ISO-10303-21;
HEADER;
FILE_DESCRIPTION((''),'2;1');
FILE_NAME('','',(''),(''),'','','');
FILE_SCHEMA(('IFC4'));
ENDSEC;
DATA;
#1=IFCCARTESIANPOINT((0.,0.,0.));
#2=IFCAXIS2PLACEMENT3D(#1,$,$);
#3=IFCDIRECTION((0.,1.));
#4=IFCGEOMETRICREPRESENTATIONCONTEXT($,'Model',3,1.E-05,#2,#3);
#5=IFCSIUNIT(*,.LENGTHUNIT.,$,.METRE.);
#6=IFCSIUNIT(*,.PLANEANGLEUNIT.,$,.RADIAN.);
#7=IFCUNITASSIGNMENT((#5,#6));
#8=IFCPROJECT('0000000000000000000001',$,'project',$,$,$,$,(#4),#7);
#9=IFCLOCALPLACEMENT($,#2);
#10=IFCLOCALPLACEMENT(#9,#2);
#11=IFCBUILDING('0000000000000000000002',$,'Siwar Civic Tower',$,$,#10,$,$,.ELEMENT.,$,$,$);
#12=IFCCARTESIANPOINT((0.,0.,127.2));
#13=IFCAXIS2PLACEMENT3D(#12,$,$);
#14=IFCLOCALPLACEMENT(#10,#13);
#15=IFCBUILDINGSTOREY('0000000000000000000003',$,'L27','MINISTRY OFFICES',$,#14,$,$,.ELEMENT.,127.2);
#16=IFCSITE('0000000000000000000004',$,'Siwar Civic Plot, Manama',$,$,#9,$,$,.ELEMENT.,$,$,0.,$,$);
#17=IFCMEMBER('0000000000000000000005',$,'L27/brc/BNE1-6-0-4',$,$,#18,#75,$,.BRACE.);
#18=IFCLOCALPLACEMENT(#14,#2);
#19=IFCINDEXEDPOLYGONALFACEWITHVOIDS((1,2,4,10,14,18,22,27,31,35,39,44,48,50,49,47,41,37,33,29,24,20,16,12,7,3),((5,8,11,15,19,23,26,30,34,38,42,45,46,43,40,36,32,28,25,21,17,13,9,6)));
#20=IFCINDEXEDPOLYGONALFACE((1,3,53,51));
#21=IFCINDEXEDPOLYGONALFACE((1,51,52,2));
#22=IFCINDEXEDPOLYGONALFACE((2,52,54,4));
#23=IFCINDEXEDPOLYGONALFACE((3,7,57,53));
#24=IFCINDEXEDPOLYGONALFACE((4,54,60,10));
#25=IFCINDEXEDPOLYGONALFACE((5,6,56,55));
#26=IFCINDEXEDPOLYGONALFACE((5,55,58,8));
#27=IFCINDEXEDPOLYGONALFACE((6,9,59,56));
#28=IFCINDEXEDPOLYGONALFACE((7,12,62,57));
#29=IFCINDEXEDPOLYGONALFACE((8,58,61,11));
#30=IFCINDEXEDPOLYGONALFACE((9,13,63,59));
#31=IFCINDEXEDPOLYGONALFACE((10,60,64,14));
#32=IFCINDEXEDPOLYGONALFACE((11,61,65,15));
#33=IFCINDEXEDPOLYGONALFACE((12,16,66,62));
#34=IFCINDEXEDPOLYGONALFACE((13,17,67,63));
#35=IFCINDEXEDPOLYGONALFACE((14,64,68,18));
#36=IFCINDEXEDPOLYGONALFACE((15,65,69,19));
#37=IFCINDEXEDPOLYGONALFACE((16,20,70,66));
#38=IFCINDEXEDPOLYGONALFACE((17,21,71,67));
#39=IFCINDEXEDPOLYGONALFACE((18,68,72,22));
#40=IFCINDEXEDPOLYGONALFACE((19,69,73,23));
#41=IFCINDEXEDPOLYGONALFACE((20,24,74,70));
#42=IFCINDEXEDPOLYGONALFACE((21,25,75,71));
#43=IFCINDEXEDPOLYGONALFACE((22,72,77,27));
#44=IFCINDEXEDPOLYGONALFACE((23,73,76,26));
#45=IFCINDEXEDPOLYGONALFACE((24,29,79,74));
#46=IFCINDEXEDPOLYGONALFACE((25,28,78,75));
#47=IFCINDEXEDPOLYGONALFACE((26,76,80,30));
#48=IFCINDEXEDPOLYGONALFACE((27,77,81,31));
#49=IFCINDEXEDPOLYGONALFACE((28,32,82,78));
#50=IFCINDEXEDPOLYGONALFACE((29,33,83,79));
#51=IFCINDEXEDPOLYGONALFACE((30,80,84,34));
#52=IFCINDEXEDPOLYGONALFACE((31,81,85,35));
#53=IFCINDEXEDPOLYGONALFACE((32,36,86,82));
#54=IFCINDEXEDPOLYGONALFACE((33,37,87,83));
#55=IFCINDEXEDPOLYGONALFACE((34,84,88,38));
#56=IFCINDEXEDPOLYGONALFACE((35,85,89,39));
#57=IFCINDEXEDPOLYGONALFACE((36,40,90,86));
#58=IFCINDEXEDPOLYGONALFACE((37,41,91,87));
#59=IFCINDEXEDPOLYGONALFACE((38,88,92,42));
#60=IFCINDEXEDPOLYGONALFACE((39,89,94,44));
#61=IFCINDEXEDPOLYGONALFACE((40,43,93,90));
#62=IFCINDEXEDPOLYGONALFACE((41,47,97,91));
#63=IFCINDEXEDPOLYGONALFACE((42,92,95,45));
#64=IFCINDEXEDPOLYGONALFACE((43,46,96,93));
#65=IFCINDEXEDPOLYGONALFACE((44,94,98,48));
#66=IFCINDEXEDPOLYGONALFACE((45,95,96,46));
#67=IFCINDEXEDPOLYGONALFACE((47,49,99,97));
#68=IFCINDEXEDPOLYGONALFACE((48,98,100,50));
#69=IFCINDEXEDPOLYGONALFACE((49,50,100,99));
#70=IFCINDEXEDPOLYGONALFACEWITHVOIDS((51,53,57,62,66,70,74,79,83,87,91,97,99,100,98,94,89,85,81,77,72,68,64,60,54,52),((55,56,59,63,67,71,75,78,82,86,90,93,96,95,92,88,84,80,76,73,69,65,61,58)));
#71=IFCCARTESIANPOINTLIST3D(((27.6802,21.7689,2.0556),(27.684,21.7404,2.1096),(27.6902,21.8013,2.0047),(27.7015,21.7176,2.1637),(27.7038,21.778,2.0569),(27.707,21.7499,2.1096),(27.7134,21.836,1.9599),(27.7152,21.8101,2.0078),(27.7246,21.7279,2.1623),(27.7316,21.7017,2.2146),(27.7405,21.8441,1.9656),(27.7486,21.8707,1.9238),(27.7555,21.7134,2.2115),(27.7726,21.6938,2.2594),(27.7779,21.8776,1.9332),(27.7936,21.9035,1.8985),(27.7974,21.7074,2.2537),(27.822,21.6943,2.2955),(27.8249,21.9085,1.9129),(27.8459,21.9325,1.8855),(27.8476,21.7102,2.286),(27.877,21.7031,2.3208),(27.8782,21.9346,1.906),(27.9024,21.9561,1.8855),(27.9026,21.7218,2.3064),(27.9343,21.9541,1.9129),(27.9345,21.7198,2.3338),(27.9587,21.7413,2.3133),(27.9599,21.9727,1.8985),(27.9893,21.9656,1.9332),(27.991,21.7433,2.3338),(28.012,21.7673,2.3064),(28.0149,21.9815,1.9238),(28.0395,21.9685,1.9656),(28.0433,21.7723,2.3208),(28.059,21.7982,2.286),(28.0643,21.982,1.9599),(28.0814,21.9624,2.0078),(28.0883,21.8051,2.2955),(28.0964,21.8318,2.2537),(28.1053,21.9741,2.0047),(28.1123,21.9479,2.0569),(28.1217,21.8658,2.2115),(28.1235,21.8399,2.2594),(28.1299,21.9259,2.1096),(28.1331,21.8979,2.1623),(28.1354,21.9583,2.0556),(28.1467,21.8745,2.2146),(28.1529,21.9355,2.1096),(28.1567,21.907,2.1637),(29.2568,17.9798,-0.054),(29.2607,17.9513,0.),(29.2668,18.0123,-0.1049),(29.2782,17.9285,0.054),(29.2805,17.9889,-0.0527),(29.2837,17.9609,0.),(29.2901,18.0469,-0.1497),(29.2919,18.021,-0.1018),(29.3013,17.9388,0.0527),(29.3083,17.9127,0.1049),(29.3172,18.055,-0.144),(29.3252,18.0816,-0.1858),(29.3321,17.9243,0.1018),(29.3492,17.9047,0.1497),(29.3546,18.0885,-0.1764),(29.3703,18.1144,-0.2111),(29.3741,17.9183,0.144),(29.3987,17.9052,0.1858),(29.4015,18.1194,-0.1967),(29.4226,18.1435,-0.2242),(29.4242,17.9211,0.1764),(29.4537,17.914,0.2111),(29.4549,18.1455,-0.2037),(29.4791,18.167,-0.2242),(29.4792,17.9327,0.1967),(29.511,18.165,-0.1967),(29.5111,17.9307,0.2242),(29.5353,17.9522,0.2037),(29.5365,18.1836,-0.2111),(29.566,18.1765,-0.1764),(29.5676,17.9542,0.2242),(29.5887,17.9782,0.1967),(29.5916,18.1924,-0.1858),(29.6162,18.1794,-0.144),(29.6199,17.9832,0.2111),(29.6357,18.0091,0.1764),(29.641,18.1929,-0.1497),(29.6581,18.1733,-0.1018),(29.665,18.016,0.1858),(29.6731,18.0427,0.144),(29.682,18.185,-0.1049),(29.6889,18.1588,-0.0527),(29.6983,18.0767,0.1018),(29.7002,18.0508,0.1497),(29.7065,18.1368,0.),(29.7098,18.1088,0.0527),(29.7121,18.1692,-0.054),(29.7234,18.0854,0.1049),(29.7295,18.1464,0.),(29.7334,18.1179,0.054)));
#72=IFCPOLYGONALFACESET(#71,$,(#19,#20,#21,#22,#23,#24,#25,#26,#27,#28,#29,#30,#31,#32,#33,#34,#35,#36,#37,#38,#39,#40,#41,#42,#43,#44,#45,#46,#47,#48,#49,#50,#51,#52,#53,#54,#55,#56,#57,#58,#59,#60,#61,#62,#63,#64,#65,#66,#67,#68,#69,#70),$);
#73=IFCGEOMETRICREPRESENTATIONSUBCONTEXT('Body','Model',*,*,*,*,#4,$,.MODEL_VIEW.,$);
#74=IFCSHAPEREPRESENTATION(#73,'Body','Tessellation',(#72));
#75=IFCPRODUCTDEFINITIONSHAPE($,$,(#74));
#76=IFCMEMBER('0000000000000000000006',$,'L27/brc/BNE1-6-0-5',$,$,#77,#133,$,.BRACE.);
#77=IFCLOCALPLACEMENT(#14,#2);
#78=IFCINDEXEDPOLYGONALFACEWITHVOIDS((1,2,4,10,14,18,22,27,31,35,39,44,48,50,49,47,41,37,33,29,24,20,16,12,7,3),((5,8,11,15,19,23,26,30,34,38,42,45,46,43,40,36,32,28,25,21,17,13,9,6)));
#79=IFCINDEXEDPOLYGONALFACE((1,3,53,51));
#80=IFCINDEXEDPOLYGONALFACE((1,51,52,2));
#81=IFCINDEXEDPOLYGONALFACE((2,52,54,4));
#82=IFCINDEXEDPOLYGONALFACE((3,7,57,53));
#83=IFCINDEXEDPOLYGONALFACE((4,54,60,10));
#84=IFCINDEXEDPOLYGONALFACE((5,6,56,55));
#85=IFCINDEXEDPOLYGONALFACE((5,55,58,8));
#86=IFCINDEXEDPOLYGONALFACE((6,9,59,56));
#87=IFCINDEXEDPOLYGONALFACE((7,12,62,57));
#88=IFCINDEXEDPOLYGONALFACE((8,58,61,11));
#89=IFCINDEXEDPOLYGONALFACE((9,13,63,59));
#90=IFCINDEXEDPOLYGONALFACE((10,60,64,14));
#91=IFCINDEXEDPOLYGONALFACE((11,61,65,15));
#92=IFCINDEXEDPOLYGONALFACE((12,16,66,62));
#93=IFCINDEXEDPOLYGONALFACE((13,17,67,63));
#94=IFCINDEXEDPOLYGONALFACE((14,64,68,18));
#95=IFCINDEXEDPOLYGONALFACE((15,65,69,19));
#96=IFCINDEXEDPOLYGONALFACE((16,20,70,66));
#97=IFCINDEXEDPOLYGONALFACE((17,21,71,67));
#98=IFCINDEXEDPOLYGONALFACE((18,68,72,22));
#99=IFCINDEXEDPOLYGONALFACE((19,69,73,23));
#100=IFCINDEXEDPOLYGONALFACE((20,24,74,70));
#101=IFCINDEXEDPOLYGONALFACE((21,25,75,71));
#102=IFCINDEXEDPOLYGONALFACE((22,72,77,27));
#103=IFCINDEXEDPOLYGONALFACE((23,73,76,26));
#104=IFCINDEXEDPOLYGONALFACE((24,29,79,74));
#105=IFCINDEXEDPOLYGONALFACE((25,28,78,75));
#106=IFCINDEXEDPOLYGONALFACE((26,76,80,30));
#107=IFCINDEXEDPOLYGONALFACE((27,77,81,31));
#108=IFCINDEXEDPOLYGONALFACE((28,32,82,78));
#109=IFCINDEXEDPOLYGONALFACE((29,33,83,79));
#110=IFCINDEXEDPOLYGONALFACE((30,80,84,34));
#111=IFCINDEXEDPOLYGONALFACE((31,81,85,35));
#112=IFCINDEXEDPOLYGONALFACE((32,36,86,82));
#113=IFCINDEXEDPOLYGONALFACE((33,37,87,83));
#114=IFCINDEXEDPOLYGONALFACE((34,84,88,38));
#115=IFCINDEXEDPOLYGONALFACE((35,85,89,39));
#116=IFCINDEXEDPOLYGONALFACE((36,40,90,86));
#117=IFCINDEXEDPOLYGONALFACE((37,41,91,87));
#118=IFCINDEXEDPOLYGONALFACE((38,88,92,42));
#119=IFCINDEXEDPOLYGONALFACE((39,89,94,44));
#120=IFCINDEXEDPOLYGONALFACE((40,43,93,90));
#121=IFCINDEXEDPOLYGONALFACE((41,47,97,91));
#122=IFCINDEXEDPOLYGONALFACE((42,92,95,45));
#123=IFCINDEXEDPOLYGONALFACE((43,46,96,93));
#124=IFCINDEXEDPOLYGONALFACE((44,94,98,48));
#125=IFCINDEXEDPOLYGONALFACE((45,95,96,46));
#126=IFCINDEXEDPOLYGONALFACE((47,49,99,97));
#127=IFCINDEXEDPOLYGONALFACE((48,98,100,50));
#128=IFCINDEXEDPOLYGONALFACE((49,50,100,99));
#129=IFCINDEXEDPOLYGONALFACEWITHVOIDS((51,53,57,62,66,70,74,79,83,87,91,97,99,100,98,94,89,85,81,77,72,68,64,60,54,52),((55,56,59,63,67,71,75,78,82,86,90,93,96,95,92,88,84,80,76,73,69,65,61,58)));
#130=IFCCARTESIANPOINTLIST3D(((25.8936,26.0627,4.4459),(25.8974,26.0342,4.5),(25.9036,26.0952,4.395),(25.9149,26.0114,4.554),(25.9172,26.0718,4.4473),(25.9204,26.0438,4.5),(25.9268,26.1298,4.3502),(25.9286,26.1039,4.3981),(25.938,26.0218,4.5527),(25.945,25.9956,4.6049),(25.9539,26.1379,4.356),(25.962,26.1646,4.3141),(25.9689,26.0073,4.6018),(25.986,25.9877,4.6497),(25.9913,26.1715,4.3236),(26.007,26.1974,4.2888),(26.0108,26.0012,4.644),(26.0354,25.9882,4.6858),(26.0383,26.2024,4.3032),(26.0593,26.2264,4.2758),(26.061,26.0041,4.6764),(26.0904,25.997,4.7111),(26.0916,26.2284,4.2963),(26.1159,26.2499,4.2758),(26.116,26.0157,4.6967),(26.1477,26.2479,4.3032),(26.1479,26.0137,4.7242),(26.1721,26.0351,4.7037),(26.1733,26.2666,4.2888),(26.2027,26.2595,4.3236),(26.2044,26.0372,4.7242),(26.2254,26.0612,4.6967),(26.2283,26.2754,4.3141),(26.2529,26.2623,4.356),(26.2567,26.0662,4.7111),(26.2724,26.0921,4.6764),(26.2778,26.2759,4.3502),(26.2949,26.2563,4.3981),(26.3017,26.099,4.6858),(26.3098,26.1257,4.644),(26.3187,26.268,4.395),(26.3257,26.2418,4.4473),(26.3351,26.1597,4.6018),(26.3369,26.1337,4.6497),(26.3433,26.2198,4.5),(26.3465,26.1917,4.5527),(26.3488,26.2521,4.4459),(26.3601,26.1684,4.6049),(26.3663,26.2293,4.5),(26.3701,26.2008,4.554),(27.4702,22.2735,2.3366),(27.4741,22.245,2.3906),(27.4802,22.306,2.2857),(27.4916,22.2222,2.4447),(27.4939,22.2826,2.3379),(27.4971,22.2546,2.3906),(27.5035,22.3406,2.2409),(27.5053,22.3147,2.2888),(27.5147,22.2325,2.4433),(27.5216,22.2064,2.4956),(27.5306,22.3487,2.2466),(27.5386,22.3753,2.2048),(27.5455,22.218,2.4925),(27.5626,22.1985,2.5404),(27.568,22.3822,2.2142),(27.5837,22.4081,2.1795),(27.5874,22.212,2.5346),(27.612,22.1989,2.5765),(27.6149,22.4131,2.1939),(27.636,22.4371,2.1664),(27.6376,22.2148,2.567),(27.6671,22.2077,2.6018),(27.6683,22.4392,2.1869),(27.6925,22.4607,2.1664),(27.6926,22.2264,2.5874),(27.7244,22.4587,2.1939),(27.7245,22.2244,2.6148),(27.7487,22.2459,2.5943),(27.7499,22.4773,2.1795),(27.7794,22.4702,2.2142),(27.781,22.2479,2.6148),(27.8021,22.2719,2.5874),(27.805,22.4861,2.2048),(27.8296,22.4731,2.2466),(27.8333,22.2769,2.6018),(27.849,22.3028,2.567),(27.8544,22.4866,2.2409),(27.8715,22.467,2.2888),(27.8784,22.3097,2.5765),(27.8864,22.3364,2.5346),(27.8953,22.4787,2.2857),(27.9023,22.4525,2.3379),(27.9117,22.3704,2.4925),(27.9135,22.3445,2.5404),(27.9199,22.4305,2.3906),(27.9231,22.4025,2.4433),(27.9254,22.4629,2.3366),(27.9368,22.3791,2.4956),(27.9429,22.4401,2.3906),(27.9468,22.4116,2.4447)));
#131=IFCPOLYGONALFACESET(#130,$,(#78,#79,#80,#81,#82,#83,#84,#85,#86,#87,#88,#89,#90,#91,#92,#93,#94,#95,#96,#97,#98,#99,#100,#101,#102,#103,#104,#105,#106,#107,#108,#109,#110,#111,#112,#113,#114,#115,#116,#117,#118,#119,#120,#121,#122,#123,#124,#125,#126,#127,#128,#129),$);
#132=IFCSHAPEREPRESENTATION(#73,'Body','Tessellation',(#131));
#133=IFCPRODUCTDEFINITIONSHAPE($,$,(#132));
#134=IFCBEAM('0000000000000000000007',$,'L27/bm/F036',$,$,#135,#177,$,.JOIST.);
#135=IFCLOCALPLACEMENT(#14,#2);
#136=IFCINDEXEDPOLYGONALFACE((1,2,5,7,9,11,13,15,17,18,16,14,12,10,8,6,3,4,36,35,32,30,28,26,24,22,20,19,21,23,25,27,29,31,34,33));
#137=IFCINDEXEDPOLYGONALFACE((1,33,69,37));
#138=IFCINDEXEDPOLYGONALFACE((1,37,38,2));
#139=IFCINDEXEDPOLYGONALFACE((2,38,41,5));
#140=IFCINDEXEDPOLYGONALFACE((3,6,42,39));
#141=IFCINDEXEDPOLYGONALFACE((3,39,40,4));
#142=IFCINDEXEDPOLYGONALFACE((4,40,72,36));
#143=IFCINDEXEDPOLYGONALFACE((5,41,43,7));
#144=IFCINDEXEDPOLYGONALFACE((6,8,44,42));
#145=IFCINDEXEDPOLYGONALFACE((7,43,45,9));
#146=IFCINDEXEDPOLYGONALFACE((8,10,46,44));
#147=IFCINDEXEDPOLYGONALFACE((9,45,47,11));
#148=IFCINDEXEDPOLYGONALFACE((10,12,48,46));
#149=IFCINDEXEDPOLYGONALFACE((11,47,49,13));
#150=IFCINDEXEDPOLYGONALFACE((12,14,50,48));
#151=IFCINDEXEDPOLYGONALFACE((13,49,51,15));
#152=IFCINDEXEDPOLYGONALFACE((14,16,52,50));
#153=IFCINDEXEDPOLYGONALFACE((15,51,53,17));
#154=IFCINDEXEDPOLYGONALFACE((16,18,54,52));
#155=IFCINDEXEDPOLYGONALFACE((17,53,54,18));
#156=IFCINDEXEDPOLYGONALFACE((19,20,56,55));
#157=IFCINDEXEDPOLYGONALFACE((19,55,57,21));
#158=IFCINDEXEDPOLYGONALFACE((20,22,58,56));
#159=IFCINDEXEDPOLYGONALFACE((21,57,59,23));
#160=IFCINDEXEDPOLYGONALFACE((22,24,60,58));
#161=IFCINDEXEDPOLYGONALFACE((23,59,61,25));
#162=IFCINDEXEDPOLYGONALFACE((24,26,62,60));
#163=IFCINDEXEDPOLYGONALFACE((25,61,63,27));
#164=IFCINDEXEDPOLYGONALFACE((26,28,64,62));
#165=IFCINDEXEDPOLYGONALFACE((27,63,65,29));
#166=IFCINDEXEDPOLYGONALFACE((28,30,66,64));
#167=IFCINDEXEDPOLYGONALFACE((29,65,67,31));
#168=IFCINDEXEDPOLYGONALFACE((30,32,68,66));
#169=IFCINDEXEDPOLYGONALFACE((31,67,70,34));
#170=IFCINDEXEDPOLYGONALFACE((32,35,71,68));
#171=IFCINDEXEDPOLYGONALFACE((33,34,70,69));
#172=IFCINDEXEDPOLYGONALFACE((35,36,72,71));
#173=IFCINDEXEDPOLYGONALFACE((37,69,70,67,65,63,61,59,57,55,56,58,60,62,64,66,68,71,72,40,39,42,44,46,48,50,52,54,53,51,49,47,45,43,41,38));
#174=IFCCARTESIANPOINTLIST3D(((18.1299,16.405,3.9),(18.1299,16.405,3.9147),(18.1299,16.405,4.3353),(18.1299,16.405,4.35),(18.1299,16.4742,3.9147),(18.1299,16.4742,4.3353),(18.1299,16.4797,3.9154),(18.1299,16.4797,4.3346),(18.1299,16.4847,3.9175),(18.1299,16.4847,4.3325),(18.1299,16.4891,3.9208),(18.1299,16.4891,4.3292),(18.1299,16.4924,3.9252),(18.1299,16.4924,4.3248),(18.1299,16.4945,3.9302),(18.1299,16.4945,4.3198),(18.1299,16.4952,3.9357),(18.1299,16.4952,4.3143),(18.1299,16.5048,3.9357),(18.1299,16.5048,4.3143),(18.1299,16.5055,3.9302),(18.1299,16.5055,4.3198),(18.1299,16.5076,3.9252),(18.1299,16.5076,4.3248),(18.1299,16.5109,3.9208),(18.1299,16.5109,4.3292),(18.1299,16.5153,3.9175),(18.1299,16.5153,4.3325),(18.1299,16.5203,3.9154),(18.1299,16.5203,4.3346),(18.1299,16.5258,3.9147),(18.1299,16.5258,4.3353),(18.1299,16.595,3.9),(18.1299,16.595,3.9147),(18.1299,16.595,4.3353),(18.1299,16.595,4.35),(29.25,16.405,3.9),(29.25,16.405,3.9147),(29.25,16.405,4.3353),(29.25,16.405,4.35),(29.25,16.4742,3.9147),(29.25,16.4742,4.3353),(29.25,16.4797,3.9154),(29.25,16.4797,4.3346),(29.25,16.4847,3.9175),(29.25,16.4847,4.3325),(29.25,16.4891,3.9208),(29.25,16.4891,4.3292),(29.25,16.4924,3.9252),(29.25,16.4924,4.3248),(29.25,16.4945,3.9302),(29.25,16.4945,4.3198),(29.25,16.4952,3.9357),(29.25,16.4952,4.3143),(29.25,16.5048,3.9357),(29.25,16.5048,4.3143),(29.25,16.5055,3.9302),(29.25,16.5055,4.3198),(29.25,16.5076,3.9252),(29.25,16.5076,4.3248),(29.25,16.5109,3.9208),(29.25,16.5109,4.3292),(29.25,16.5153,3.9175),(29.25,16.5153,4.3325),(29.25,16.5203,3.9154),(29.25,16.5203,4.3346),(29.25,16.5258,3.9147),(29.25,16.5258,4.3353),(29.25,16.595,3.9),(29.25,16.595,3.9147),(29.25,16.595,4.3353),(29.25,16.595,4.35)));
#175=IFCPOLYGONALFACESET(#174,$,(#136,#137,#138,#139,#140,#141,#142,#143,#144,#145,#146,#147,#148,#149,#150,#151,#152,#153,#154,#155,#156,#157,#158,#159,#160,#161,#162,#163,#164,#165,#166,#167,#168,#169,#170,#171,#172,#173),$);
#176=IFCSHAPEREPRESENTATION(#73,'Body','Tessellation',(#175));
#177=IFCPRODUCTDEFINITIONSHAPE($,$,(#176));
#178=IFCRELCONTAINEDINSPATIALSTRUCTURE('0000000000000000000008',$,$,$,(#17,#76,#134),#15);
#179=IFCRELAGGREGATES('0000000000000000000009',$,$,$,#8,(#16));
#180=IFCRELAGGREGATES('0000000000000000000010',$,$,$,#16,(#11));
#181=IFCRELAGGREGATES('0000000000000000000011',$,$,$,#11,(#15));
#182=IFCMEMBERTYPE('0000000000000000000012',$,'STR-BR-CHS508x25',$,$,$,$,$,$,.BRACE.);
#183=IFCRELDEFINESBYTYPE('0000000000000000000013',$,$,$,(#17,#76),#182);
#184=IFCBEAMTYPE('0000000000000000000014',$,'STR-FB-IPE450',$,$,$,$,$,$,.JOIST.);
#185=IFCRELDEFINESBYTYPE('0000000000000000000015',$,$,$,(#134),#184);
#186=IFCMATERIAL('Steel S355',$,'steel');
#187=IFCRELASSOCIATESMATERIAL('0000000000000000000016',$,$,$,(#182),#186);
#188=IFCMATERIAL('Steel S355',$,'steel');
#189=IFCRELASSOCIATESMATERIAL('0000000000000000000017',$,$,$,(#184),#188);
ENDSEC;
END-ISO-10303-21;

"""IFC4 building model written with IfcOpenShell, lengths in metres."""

from ifc_helpers import new_model, si_unit, direction, frame, origin, origin_2d, place, context, subcontext, project, spatial, hollow_circle, i_section, extrude, material, material_profile, profile_set, type_object, element, save


model = new_model("IFC4")

# Units and contexts
model_context = context("Model", 3, precision=1e-05, world=origin(), true_north=direction((0.0, 1.0)))
body_context = subcontext(model_context, "Body", "Model", "MODEL_VIEW")
ifc_project = project(units=[si_unit("LENGTHUNIT", "METRE"), si_unit("PLANEANGLEUNIT", "RADIAN")], contexts=[model_context])

# Site, building, storey
site_placement = place(None, origin())
site = spatial("IfcSite", under=ifc_project, at=site_placement, Name="Siwar Civic Plot, Manama", CompositionType="ELEMENT", RefElevation=0.0)
building_placement = place(site_placement, origin())
building = spatial("IfcBuilding", under=site, at=building_placement, Name="Siwar Civic Tower", CompositionType="ELEMENT")
storey_placement = place(building_placement, frame((0.0, 0.0, 127.2)))
storey = spatial("IfcBuildingStorey", under=building, at=storey_placement, Name="L27", Description="MINISTRY OFFICES", CompositionType="ELEMENT", Elevation=127.2)

# Members
ifc_material_1 = material(Name="Steel S355", Category="steel")
ifc_material_profile_1 = material_profile(ifc_material_1, hollow_circle(Radius=0.2539, WallThickness=0.0249, at=origin_2d()), Name="CHS508x25")
ifc_profile_set_1 = profile_set([ifc_material_profile_1], Name="Steel S355")
member_type_1 = type_object("IfcMemberType", Name="STR-BR-CHS508x25", PredefinedType="BRACE", material=ifc_profile_set_1)
for number, where, z_axis, x_axis, name in (
    (1, (29.4951, 18.0488, 0.0), (-0.341677, 0.821126, 0.457175), (-0.92326, -0.384176, 0.0), "L27/brc/BNE1-6-0-4"),
    (2, (27.7085, 22.3425, 2.3906), (-0.341671, 0.821163, 0.457113), (-0.923269, -0.384155, 0.0), "L27/brc/BNE1-6-0-5"),
):
    element("IfcMember", number, at=place(storey_placement, frame(where, z_axis=z_axis, x_axis=x_axis)), inside=storey, type_object=member_type_1, Name=name, PredefinedType="BRACE", context=body_context, shape_type="SweptSolid", body=[
        extrude(hollow_circle(Radius=0.2539, WallThickness=0.0249, at=origin_2d()), origin(), (0.0, 0.0, 1.0), 4.6145),
    ])

# Beam
ifc_material_2 = material(Name="Steel S355", Category="steel")
ifc_material_profile_2 = material_profile(ifc_material_2, i_section(OverallWidth=0.1899, OverallDepth=0.45, WebThickness=0.0095, FlangeThickness=0.0146, FilletRadius=0.021, at=origin_2d()), Name="IPE450")
ifc_profile_set_2 = profile_set([ifc_material_profile_2], Name="Steel S355")
beam_type_1 = type_object("IfcBeamType", Name="STR-FB-IPE450", PredefinedType="JOIST", material=ifc_profile_set_2)
beam_1_placement = place(storey_placement, frame((18.1299, 16.5, 4.125), z_axis=(1.0, 0.0, 0.0), x_axis=(0.0, 1.0, 0.0)))
element("IfcBeam", 3, at=beam_1_placement, inside=storey, type_object=beam_type_1, Name="L27/bm/F036", PredefinedType="JOIST", context=body_context, shape_type="SweptSolid", body=[
    extrude(i_section(OverallWidth=0.1899, OverallDepth=0.45, WebThickness=0.0095, FlangeThickness=0.0146, FilletRadius=0.021, at=origin_2d()), origin(), (0.0, 0.0, 1.0), 11.1201),
])

save(model, "model.ifc")
